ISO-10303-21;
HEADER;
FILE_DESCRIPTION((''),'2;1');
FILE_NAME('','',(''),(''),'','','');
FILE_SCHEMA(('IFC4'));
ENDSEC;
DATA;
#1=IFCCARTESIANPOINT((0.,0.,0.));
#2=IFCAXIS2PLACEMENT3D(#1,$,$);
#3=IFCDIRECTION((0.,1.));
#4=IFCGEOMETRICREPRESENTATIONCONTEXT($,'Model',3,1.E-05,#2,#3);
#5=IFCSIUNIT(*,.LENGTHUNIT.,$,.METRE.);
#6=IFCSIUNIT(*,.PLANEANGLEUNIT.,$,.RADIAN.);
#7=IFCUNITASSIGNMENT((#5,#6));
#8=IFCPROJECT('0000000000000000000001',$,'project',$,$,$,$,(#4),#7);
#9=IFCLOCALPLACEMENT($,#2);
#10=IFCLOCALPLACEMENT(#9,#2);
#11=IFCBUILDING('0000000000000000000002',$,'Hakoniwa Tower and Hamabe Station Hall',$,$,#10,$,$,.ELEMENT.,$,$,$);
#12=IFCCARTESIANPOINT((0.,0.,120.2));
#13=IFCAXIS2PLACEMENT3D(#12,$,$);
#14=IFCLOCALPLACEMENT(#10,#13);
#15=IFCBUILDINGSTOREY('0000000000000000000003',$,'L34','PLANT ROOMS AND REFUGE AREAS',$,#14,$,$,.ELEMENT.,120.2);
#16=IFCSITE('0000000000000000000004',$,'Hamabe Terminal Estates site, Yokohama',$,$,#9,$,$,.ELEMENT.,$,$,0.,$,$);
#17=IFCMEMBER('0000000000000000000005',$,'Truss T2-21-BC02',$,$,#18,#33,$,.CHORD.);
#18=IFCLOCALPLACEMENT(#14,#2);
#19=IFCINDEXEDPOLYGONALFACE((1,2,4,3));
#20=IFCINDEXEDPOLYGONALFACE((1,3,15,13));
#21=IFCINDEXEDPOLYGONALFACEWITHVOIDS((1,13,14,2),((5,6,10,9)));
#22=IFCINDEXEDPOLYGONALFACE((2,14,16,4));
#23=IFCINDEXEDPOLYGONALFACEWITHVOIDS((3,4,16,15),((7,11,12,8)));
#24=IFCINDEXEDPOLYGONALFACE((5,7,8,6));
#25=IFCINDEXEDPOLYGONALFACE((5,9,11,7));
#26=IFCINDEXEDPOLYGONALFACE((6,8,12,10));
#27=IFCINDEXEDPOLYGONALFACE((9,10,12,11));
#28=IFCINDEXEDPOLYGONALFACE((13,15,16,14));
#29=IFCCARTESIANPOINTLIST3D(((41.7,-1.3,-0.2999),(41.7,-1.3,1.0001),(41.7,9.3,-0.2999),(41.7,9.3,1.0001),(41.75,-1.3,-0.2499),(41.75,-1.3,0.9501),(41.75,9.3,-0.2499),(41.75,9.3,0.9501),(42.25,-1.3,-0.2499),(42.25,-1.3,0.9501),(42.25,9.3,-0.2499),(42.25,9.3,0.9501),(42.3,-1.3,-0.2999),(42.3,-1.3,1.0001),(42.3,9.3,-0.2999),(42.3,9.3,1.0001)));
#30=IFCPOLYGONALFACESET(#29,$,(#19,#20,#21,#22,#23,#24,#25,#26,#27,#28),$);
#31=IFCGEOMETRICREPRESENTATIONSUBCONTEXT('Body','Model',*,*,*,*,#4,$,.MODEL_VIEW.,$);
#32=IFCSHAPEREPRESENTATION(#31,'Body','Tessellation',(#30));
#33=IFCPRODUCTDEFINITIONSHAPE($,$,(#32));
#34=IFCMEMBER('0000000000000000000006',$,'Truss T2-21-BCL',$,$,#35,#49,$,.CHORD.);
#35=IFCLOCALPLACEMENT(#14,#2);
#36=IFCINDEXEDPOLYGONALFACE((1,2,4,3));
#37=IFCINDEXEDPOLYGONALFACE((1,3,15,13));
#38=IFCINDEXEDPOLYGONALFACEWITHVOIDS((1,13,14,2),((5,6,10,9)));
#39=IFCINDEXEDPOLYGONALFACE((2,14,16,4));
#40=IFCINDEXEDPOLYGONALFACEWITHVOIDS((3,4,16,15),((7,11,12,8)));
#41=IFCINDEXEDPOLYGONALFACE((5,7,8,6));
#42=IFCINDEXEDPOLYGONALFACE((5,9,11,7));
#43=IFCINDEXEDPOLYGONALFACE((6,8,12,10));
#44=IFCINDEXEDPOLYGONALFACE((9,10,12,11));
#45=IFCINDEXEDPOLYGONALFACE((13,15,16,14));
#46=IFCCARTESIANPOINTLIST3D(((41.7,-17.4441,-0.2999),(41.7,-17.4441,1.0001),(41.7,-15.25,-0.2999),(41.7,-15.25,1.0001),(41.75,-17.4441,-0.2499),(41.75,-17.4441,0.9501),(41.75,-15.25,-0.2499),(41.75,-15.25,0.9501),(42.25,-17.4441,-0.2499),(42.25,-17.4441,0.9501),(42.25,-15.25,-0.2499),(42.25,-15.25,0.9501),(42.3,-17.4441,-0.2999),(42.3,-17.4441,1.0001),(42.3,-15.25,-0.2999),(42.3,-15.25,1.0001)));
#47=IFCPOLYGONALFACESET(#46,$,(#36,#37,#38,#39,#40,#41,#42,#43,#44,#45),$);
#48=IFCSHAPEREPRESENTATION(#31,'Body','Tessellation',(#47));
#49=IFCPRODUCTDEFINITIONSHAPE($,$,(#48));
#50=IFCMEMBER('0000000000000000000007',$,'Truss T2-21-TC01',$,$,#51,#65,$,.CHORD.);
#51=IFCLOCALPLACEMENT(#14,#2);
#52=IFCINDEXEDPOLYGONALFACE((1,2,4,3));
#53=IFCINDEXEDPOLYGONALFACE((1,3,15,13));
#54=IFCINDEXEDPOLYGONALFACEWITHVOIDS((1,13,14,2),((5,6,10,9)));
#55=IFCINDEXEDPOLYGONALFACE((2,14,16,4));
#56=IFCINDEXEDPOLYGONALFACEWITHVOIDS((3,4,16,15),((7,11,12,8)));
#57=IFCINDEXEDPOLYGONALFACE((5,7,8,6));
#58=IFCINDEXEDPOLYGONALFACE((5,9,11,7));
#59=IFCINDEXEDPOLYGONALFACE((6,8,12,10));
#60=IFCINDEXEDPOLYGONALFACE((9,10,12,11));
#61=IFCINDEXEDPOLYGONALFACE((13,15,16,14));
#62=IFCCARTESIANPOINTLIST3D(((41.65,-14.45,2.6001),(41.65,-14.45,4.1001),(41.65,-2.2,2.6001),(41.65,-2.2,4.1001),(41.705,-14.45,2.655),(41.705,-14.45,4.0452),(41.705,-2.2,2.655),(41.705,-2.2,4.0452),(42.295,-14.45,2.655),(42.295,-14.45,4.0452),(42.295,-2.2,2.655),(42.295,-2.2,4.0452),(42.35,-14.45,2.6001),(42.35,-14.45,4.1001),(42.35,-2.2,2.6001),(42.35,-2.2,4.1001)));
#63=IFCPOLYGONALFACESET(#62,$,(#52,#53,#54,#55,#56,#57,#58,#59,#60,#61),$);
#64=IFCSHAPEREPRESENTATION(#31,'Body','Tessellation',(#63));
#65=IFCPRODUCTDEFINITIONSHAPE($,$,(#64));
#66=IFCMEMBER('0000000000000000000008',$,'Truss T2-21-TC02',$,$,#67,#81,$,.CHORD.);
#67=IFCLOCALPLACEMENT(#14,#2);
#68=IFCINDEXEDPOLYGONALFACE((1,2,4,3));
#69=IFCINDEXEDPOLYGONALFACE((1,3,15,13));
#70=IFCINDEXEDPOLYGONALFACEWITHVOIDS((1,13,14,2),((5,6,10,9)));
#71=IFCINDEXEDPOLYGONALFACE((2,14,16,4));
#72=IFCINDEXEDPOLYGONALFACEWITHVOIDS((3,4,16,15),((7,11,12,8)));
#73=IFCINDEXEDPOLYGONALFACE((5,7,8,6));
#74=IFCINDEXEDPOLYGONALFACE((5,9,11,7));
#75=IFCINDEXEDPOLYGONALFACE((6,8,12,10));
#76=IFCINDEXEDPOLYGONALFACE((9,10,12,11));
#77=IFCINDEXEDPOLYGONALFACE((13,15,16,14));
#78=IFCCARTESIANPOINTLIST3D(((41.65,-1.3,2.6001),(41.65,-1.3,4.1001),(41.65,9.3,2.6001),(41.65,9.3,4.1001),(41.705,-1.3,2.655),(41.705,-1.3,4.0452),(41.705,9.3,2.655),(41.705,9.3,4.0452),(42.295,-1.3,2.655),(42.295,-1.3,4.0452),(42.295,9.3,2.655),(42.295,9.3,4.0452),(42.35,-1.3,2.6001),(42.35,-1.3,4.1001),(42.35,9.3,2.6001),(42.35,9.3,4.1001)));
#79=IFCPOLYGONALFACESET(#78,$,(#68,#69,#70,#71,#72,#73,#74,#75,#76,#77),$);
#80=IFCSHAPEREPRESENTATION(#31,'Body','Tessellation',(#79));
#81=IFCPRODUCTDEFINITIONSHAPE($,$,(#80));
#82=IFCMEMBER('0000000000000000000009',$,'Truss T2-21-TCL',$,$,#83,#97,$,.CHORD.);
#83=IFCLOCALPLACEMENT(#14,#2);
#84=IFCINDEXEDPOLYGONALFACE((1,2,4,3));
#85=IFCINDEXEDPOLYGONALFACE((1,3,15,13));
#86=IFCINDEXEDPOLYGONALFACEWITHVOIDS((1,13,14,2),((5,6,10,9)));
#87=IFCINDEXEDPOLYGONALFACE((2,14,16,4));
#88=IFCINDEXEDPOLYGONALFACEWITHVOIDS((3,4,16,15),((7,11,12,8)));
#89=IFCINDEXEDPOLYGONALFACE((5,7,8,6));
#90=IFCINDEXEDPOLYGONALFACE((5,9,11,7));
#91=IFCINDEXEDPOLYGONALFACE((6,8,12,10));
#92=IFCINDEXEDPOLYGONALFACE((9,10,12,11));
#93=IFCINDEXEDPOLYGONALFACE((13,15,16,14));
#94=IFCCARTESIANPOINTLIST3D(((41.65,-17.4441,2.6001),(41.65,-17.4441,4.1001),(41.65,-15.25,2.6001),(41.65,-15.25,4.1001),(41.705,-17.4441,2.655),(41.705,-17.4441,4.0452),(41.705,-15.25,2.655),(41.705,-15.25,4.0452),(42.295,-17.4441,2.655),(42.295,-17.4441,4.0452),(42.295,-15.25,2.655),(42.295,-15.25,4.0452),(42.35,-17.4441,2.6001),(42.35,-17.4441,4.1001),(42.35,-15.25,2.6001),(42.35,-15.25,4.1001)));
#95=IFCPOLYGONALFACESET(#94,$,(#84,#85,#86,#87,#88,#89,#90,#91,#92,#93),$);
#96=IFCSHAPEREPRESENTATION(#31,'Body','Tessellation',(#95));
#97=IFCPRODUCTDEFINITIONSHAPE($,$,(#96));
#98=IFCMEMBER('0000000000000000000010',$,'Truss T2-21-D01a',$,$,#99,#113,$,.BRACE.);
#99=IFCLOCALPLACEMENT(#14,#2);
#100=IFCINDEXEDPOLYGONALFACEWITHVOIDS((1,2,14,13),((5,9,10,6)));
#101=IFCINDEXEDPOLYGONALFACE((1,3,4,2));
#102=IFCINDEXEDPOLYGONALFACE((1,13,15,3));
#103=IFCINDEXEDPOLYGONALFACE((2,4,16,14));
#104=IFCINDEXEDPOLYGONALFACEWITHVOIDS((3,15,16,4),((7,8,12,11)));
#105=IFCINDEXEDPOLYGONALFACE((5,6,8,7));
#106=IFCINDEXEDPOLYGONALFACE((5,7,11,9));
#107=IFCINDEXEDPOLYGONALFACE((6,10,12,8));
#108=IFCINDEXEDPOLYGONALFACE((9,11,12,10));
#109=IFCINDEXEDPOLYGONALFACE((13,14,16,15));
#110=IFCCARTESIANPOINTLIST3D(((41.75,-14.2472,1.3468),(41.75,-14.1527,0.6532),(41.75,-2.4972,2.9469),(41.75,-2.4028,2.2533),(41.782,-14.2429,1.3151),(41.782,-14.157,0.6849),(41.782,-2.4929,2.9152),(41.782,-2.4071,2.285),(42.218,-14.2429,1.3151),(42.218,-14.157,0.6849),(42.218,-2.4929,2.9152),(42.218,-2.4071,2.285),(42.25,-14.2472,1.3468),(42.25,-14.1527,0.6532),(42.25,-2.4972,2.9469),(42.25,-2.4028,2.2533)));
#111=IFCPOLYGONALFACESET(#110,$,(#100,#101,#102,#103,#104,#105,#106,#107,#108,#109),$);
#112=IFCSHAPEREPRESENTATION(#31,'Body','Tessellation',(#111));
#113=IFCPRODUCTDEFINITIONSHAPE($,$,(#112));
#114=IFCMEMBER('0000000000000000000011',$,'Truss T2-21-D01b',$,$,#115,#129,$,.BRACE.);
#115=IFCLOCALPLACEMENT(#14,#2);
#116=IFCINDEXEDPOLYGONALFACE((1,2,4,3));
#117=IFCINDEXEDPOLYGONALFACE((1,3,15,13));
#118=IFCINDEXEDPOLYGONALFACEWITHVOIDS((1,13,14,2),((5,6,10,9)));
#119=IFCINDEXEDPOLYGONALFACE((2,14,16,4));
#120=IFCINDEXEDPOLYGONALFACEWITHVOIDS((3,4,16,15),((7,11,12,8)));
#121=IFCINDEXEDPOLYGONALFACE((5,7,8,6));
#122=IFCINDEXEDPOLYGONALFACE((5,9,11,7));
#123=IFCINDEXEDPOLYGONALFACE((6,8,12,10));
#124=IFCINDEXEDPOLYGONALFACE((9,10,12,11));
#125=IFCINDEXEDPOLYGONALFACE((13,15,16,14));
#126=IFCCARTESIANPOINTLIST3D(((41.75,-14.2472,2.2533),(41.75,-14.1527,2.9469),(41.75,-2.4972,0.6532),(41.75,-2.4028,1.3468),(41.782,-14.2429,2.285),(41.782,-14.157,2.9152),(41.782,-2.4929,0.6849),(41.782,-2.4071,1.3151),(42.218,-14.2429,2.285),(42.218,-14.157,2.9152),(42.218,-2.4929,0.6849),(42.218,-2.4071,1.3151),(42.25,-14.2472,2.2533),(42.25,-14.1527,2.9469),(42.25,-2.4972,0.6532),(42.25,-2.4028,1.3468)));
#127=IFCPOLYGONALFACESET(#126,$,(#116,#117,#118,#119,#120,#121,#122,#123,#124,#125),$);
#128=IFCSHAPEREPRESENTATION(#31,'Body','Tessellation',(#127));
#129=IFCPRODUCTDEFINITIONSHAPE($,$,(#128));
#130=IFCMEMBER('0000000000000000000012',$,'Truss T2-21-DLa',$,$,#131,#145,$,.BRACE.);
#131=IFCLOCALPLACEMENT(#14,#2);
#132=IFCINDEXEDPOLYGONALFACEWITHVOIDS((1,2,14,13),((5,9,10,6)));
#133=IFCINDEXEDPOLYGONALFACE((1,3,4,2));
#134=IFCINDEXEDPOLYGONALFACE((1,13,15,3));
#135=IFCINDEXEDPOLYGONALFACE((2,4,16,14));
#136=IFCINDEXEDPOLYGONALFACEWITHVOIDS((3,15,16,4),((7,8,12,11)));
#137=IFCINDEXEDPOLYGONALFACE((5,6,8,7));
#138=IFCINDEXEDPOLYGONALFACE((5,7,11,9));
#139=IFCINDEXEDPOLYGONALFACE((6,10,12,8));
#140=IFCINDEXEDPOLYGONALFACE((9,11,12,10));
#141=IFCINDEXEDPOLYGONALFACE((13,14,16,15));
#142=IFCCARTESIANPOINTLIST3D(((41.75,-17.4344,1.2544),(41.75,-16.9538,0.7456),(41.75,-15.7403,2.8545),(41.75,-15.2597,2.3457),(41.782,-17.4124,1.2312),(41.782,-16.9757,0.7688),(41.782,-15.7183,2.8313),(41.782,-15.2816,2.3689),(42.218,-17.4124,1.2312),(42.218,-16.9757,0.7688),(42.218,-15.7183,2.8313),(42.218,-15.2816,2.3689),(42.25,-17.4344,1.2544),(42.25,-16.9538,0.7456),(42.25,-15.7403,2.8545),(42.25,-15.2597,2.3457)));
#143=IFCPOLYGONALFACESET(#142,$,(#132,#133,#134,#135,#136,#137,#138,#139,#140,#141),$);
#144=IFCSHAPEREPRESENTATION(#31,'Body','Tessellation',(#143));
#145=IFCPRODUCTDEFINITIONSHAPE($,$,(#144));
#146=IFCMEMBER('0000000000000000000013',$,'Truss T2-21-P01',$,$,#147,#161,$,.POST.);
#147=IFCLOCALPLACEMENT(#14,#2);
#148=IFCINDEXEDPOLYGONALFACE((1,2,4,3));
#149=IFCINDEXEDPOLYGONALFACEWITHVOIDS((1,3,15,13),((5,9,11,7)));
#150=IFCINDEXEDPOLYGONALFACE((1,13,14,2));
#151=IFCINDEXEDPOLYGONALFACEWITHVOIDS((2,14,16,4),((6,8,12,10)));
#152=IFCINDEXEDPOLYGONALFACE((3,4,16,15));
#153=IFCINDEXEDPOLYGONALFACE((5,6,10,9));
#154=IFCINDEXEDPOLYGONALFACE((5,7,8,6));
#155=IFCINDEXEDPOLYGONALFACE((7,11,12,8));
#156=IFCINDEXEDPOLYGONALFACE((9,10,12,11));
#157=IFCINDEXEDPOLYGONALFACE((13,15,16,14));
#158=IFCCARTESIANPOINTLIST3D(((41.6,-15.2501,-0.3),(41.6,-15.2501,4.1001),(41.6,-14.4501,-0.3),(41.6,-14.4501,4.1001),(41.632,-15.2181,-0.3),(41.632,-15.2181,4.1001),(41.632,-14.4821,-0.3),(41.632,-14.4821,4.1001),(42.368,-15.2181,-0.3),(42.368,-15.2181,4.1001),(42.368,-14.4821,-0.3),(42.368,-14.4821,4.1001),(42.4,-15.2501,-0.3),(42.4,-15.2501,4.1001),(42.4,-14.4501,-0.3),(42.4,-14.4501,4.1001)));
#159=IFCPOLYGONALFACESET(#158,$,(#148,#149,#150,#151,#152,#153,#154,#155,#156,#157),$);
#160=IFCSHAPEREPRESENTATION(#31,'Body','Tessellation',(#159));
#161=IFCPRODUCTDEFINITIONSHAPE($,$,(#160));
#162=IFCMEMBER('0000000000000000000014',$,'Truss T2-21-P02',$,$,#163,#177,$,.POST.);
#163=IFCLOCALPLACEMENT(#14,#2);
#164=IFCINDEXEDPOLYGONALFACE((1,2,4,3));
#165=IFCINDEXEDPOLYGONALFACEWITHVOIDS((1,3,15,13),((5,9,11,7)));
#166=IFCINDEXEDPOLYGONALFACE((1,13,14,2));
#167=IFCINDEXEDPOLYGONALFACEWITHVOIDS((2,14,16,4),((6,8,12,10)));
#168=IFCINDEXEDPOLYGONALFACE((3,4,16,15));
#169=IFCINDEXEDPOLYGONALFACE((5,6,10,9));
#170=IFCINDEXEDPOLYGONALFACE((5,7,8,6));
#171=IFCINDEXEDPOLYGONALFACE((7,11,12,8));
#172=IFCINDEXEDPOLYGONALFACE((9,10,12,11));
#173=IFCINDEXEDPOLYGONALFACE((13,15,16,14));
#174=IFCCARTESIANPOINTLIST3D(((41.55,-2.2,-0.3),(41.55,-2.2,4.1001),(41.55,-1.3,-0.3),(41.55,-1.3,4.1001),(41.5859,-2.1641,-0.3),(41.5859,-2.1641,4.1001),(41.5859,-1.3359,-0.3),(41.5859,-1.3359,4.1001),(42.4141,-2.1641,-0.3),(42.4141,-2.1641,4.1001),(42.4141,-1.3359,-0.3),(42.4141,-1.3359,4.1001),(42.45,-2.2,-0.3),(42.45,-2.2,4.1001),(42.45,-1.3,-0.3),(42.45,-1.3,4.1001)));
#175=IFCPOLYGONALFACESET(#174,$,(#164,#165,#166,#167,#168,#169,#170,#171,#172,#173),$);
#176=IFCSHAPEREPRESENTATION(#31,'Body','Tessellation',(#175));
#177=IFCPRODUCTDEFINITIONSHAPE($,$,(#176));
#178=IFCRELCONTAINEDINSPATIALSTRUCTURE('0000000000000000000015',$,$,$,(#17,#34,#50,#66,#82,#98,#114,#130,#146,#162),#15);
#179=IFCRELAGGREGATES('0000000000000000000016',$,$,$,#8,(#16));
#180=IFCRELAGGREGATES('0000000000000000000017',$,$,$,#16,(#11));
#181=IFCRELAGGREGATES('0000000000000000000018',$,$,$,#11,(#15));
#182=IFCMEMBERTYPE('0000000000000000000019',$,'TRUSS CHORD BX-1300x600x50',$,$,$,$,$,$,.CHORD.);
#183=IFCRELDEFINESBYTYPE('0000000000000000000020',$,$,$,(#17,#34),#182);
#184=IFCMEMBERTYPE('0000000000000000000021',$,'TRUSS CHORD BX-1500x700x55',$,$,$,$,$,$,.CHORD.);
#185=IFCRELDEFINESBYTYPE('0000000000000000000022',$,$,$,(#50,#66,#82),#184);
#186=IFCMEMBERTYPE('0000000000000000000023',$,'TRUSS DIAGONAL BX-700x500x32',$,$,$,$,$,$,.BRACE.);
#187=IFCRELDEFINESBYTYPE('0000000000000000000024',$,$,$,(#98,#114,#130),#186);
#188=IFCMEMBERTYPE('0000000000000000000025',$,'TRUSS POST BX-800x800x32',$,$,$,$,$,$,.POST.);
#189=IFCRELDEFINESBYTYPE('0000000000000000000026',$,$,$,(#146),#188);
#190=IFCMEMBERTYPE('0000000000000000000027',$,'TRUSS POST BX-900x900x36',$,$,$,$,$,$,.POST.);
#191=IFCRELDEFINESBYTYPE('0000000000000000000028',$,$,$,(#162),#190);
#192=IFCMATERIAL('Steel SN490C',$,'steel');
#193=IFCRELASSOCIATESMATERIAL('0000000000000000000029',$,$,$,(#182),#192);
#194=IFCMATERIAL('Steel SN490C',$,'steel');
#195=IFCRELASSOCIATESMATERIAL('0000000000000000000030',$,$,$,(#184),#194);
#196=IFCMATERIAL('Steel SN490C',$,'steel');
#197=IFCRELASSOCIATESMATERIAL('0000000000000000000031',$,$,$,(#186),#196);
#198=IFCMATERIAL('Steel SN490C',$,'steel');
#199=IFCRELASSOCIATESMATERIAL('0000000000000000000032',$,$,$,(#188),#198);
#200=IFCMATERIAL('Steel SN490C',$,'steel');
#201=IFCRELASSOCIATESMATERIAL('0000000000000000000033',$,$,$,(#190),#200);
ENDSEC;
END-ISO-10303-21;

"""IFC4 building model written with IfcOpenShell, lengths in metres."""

from ifc_helpers import new_model, si_unit, direction, frame, origin, origin_2d, place, context, subcontext, project, spatial, hollow_rectangle, extrude, material, material_profile, profile_set, type_object, element, save


model = new_model("IFC4")

# Units and contexts
model_context = context("Model", 3, precision=1e-05, world=origin(), true_north=direction((0.0, 1.0)))
body_context = subcontext(model_context, "Body", "Model", "MODEL_VIEW")
ifc_project = project(units=[si_unit("LENGTHUNIT", "METRE"), si_unit("PLANEANGLEUNIT", "RADIAN")], contexts=[model_context])

# Site, building, storey
site_placement = place(None, origin())
site = spatial("IfcSite", under=ifc_project, at=site_placement, Name="Hamabe Terminal Estates site, Yokohama", CompositionType="ELEMENT", RefElevation=0.0)
building_placement = place(site_placement, origin())
building = spatial("IfcBuilding", under=site, at=building_placement, Name="Hakoniwa Tower and Hamabe Station Hall", CompositionType="ELEMENT")
storey_placement = place(building_placement, frame((0.0, 0.0, 120.2)))
storey = spatial("IfcBuildingStorey", under=building, at=storey_placement, Name="L34", Description="PLANT ROOMS AND REFUGE AREAS", CompositionType="ELEMENT", Elevation=120.2)

# Members
ifc_material_1 = material(Name="Steel SN490C", Category="steel")
ifc_material_profile_1 = material_profile(ifc_material_1, hollow_rectangle(XDim=0.6001, YDim=1.3, WallThickness=0.05, at=origin_2d()), Name="BX-1300x600x50")
ifc_profile_set_1 = profile_set([ifc_material_profile_1], Name="Steel SN490C")
member_type_1 = type_object("IfcMemberType", Name="TRUSS CHORD BX-1300x600x50", PredefinedType="CHORD", material=ifc_profile_set_1)
member_1_placement = place(storey_placement, frame((42.0, -1.3, 0.3501), z_axis=(0.0, 1.0, 0.0), x_axis=(-1.0, 0.0, 0.0)))
element("IfcMember", 1, at=member_1_placement, inside=storey, type_object=member_type_1, Name="Truss T2-21-BC02", PredefinedType="CHORD", context=body_context, shape_type="SweptSolid", body=[
    extrude(hollow_rectangle(XDim=0.6001, YDim=1.3, WallThickness=0.05, at=origin_2d()), origin(), (0.0, 0.0, 1.0), 10.6001),
])
member_2_placement = place(storey_placement, frame((42.0, -17.4441, 0.3501), z_axis=(0.0, 1.0, 0.0), x_axis=(-1.0, 0.0, 0.0)))
element("IfcMember", 2, at=member_2_placement, inside=storey, type_object=member_type_1, Name="Truss T2-21-BCL", PredefinedType="CHORD", context=body_context, shape_type="SweptSolid", body=[
    extrude(hollow_rectangle(XDim=0.6001, YDim=1.3, WallThickness=0.05, at=origin_2d()), origin(), (0.0, 0.0, 1.0), 2.1941),
])
ifc_material_2 = material(Name="Steel SN490C", Category="steel")
ifc_material_profile_2 = material_profile(ifc_material_2, hollow_rectangle(XDim=0.7, YDim=1.5, WallThickness=0.0549, at=origin_2d()), Name="BX-1500x700x55")
ifc_profile_set_2 = profile_set([ifc_material_profile_2], Name="Steel SN490C")
member_type_2 = type_object("IfcMemberType", Name="TRUSS CHORD BX-1500x700x55", PredefinedType="CHORD", material=ifc_profile_set_2)
member_3_placement = place(storey_placement, frame((42.0, -14.45, 3.3501), z_axis=(0.0, 1.0, 0.0), x_axis=(-1.0, 0.0, 0.0)))
element("IfcMember", 3, at=member_3_placement, inside=storey, type_object=member_type_2, Name="Truss T2-21-TC01", PredefinedType="CHORD", context=body_context, shape_type="SweptSolid", body=[
    extrude(hollow_rectangle(XDim=0.7, YDim=1.5, WallThickness=0.0549, at=origin_2d()), origin(), (0.0, 0.0, 1.0), 12.25),
])
member_4_placement = place(storey_placement, frame((42.0, -1.3, 3.3501), z_axis=(0.0, 1.0, 0.0), x_axis=(-1.0, 0.0, 0.0)))
element("IfcMember", 4, at=member_4_placement, inside=storey, type_object=member_type_2, Name="Truss T2-21-TC02", PredefinedType="CHORD", context=body_context, shape_type="SweptSolid", body=[
    extrude(hollow_rectangle(XDim=0.7, YDim=1.5, WallThickness=0.0549, at=origin_2d()), origin(), (0.0, 0.0, 1.0), 10.6001),
])
member_5_placement = place(storey_placement, frame((42.0, -17.4441, 3.3501), z_axis=(0.0, 1.0, 0.0), x_axis=(-1.0, 0.0, 0.0)))
element("IfcMember", 5, at=member_5_placement, inside=storey, type_object=member_type_2, Name="Truss T2-21-TCL", PredefinedType="CHORD", context=body_context, shape_type="SweptSolid", body=[
    extrude(hollow_rectangle(XDim=0.7, YDim=1.5, WallThickness=0.0549, at=origin_2d()), origin(), (0.0, 0.0, 1.0), 2.1941),
])
ifc_material_3 = material(Name="Steel SN490C", Category="steel")
ifc_material_profile_3 = material_profile(ifc_material_3, hollow_rectangle(XDim=0.5, YDim=0.7, WallThickness=0.032, at=origin_2d()), Name="BX-700x500x32")
ifc_profile_set_3 = profile_set([ifc_material_profile_3], Name="Steel SN490C")
member_type_3 = type_object("IfcMemberType", Name="TRUSS DIAGONAL BX-700x500x32", PredefinedType="BRACE", material=ifc_profile_set_3)
for number, where, z_axis, x_axis, name in (
    (6, (42.0, -14.2, 1.0), (0.0, 0.990855, 0.134933), (-1.0, 0.0, 0.0), "Truss T2-21-D01a"),
    (7, (42.0, -14.2, 2.6001), (0.0, 0.990855, -0.134933), (-1.0, 0.0, 0.0), "Truss T2-21-D01b"),
):
    element("IfcMember", number, at=place(storey_placement, frame(where, z_axis=z_axis, x_axis=x_axis)), inside=storey, type_object=member_type_3, Name=name, PredefinedType="BRACE", context=body_context, shape_type="SweptSolid", body=[
        extrude(hollow_rectangle(XDim=0.5, YDim=0.7, WallThickness=0.032, at=origin_2d()), origin(), (0.0, 0.0, 1.0), 11.8584),
    ])
member_6_placement = place(storey_placement, frame((42.0, -17.1941, 1.0), z_axis=(0.0, 0.726987, 0.686651), x_axis=(-1.0, 0.0, 0.0)))
element("IfcMember", 8, at=member_6_placement, inside=storey, type_object=member_type_3, Name="Truss T2-21-DLa", PredefinedType="BRACE", context=body_context, shape_type="SweptSolid", body=[
    extrude(hollow_rectangle(XDim=0.5, YDim=0.7, WallThickness=0.032, at=origin_2d()), origin(), (0.0, 0.0, 1.0), 2.3303),
])
ifc_material_4 = material(Name="Steel SN490C", Category="steel")
ifc_material_profile_4 = material_profile(ifc_material_4, hollow_rectangle(XDim=0.8, YDim=0.8, WallThickness=0.032, at=origin_2d()), Name="BX-800x800x32")
ifc_profile_set_4 = profile_set([ifc_material_profile_4], Name="Steel SN490C")
member_type_4 = type_object("IfcMemberType", Name="TRUSS POST BX-800x800x32", PredefinedType="POST", material=ifc_profile_set_4)
member_7_placement = place(storey_placement, frame((42.0, -14.8501, -0.3), z_axis=(0.0, 0.0, 1.0), x_axis=(1.0, 0.0, 0.0)))
element("IfcMember", 9, at=member_7_placement, inside=storey, type_object=member_type_4, Name="Truss T2-21-P01", PredefinedType="POST", context=body_context, shape_type="SweptSolid", body=[
    extrude(hollow_rectangle(XDim=0.8, YDim=0.8, WallThickness=0.032, at=origin_2d()), origin(), (0.0, 0.0, 1.0), 4.4001),
])
ifc_material_5 = material(Name="Steel SN490C", Category="steel")
ifc_material_profile_5 = material_profile(ifc_material_5, hollow_rectangle(XDim=0.8999, YDim=0.8999, WallThickness=0.0359, at=origin_2d()), Name="BX-900x900x36")
ifc_profile_set_5 = profile_set([ifc_material_profile_5], Name="Steel SN490C")
member_type_5 = type_object("IfcMemberType", Name="TRUSS POST BX-900x900x36", PredefinedType="POST", material=ifc_profile_set_5)
member_8_placement = place(storey_placement, frame((42.0, -1.75, -0.3), z_axis=(0.0, 0.0, 1.0), x_axis=(1.0, 0.0, 0.0)))
element("IfcMember", 10, at=member_8_placement, inside=storey, type_object=member_type_5, Name="Truss T2-21-P02", PredefinedType="POST", context=body_context, shape_type="SweptSolid", body=[
    extrude(hollow_rectangle(XDim=0.8999, YDim=0.8999, WallThickness=0.0359, at=origin_2d()), origin(), (0.0, 0.0, 1.0), 4.4001),
])

save(model, "model.ifc")
